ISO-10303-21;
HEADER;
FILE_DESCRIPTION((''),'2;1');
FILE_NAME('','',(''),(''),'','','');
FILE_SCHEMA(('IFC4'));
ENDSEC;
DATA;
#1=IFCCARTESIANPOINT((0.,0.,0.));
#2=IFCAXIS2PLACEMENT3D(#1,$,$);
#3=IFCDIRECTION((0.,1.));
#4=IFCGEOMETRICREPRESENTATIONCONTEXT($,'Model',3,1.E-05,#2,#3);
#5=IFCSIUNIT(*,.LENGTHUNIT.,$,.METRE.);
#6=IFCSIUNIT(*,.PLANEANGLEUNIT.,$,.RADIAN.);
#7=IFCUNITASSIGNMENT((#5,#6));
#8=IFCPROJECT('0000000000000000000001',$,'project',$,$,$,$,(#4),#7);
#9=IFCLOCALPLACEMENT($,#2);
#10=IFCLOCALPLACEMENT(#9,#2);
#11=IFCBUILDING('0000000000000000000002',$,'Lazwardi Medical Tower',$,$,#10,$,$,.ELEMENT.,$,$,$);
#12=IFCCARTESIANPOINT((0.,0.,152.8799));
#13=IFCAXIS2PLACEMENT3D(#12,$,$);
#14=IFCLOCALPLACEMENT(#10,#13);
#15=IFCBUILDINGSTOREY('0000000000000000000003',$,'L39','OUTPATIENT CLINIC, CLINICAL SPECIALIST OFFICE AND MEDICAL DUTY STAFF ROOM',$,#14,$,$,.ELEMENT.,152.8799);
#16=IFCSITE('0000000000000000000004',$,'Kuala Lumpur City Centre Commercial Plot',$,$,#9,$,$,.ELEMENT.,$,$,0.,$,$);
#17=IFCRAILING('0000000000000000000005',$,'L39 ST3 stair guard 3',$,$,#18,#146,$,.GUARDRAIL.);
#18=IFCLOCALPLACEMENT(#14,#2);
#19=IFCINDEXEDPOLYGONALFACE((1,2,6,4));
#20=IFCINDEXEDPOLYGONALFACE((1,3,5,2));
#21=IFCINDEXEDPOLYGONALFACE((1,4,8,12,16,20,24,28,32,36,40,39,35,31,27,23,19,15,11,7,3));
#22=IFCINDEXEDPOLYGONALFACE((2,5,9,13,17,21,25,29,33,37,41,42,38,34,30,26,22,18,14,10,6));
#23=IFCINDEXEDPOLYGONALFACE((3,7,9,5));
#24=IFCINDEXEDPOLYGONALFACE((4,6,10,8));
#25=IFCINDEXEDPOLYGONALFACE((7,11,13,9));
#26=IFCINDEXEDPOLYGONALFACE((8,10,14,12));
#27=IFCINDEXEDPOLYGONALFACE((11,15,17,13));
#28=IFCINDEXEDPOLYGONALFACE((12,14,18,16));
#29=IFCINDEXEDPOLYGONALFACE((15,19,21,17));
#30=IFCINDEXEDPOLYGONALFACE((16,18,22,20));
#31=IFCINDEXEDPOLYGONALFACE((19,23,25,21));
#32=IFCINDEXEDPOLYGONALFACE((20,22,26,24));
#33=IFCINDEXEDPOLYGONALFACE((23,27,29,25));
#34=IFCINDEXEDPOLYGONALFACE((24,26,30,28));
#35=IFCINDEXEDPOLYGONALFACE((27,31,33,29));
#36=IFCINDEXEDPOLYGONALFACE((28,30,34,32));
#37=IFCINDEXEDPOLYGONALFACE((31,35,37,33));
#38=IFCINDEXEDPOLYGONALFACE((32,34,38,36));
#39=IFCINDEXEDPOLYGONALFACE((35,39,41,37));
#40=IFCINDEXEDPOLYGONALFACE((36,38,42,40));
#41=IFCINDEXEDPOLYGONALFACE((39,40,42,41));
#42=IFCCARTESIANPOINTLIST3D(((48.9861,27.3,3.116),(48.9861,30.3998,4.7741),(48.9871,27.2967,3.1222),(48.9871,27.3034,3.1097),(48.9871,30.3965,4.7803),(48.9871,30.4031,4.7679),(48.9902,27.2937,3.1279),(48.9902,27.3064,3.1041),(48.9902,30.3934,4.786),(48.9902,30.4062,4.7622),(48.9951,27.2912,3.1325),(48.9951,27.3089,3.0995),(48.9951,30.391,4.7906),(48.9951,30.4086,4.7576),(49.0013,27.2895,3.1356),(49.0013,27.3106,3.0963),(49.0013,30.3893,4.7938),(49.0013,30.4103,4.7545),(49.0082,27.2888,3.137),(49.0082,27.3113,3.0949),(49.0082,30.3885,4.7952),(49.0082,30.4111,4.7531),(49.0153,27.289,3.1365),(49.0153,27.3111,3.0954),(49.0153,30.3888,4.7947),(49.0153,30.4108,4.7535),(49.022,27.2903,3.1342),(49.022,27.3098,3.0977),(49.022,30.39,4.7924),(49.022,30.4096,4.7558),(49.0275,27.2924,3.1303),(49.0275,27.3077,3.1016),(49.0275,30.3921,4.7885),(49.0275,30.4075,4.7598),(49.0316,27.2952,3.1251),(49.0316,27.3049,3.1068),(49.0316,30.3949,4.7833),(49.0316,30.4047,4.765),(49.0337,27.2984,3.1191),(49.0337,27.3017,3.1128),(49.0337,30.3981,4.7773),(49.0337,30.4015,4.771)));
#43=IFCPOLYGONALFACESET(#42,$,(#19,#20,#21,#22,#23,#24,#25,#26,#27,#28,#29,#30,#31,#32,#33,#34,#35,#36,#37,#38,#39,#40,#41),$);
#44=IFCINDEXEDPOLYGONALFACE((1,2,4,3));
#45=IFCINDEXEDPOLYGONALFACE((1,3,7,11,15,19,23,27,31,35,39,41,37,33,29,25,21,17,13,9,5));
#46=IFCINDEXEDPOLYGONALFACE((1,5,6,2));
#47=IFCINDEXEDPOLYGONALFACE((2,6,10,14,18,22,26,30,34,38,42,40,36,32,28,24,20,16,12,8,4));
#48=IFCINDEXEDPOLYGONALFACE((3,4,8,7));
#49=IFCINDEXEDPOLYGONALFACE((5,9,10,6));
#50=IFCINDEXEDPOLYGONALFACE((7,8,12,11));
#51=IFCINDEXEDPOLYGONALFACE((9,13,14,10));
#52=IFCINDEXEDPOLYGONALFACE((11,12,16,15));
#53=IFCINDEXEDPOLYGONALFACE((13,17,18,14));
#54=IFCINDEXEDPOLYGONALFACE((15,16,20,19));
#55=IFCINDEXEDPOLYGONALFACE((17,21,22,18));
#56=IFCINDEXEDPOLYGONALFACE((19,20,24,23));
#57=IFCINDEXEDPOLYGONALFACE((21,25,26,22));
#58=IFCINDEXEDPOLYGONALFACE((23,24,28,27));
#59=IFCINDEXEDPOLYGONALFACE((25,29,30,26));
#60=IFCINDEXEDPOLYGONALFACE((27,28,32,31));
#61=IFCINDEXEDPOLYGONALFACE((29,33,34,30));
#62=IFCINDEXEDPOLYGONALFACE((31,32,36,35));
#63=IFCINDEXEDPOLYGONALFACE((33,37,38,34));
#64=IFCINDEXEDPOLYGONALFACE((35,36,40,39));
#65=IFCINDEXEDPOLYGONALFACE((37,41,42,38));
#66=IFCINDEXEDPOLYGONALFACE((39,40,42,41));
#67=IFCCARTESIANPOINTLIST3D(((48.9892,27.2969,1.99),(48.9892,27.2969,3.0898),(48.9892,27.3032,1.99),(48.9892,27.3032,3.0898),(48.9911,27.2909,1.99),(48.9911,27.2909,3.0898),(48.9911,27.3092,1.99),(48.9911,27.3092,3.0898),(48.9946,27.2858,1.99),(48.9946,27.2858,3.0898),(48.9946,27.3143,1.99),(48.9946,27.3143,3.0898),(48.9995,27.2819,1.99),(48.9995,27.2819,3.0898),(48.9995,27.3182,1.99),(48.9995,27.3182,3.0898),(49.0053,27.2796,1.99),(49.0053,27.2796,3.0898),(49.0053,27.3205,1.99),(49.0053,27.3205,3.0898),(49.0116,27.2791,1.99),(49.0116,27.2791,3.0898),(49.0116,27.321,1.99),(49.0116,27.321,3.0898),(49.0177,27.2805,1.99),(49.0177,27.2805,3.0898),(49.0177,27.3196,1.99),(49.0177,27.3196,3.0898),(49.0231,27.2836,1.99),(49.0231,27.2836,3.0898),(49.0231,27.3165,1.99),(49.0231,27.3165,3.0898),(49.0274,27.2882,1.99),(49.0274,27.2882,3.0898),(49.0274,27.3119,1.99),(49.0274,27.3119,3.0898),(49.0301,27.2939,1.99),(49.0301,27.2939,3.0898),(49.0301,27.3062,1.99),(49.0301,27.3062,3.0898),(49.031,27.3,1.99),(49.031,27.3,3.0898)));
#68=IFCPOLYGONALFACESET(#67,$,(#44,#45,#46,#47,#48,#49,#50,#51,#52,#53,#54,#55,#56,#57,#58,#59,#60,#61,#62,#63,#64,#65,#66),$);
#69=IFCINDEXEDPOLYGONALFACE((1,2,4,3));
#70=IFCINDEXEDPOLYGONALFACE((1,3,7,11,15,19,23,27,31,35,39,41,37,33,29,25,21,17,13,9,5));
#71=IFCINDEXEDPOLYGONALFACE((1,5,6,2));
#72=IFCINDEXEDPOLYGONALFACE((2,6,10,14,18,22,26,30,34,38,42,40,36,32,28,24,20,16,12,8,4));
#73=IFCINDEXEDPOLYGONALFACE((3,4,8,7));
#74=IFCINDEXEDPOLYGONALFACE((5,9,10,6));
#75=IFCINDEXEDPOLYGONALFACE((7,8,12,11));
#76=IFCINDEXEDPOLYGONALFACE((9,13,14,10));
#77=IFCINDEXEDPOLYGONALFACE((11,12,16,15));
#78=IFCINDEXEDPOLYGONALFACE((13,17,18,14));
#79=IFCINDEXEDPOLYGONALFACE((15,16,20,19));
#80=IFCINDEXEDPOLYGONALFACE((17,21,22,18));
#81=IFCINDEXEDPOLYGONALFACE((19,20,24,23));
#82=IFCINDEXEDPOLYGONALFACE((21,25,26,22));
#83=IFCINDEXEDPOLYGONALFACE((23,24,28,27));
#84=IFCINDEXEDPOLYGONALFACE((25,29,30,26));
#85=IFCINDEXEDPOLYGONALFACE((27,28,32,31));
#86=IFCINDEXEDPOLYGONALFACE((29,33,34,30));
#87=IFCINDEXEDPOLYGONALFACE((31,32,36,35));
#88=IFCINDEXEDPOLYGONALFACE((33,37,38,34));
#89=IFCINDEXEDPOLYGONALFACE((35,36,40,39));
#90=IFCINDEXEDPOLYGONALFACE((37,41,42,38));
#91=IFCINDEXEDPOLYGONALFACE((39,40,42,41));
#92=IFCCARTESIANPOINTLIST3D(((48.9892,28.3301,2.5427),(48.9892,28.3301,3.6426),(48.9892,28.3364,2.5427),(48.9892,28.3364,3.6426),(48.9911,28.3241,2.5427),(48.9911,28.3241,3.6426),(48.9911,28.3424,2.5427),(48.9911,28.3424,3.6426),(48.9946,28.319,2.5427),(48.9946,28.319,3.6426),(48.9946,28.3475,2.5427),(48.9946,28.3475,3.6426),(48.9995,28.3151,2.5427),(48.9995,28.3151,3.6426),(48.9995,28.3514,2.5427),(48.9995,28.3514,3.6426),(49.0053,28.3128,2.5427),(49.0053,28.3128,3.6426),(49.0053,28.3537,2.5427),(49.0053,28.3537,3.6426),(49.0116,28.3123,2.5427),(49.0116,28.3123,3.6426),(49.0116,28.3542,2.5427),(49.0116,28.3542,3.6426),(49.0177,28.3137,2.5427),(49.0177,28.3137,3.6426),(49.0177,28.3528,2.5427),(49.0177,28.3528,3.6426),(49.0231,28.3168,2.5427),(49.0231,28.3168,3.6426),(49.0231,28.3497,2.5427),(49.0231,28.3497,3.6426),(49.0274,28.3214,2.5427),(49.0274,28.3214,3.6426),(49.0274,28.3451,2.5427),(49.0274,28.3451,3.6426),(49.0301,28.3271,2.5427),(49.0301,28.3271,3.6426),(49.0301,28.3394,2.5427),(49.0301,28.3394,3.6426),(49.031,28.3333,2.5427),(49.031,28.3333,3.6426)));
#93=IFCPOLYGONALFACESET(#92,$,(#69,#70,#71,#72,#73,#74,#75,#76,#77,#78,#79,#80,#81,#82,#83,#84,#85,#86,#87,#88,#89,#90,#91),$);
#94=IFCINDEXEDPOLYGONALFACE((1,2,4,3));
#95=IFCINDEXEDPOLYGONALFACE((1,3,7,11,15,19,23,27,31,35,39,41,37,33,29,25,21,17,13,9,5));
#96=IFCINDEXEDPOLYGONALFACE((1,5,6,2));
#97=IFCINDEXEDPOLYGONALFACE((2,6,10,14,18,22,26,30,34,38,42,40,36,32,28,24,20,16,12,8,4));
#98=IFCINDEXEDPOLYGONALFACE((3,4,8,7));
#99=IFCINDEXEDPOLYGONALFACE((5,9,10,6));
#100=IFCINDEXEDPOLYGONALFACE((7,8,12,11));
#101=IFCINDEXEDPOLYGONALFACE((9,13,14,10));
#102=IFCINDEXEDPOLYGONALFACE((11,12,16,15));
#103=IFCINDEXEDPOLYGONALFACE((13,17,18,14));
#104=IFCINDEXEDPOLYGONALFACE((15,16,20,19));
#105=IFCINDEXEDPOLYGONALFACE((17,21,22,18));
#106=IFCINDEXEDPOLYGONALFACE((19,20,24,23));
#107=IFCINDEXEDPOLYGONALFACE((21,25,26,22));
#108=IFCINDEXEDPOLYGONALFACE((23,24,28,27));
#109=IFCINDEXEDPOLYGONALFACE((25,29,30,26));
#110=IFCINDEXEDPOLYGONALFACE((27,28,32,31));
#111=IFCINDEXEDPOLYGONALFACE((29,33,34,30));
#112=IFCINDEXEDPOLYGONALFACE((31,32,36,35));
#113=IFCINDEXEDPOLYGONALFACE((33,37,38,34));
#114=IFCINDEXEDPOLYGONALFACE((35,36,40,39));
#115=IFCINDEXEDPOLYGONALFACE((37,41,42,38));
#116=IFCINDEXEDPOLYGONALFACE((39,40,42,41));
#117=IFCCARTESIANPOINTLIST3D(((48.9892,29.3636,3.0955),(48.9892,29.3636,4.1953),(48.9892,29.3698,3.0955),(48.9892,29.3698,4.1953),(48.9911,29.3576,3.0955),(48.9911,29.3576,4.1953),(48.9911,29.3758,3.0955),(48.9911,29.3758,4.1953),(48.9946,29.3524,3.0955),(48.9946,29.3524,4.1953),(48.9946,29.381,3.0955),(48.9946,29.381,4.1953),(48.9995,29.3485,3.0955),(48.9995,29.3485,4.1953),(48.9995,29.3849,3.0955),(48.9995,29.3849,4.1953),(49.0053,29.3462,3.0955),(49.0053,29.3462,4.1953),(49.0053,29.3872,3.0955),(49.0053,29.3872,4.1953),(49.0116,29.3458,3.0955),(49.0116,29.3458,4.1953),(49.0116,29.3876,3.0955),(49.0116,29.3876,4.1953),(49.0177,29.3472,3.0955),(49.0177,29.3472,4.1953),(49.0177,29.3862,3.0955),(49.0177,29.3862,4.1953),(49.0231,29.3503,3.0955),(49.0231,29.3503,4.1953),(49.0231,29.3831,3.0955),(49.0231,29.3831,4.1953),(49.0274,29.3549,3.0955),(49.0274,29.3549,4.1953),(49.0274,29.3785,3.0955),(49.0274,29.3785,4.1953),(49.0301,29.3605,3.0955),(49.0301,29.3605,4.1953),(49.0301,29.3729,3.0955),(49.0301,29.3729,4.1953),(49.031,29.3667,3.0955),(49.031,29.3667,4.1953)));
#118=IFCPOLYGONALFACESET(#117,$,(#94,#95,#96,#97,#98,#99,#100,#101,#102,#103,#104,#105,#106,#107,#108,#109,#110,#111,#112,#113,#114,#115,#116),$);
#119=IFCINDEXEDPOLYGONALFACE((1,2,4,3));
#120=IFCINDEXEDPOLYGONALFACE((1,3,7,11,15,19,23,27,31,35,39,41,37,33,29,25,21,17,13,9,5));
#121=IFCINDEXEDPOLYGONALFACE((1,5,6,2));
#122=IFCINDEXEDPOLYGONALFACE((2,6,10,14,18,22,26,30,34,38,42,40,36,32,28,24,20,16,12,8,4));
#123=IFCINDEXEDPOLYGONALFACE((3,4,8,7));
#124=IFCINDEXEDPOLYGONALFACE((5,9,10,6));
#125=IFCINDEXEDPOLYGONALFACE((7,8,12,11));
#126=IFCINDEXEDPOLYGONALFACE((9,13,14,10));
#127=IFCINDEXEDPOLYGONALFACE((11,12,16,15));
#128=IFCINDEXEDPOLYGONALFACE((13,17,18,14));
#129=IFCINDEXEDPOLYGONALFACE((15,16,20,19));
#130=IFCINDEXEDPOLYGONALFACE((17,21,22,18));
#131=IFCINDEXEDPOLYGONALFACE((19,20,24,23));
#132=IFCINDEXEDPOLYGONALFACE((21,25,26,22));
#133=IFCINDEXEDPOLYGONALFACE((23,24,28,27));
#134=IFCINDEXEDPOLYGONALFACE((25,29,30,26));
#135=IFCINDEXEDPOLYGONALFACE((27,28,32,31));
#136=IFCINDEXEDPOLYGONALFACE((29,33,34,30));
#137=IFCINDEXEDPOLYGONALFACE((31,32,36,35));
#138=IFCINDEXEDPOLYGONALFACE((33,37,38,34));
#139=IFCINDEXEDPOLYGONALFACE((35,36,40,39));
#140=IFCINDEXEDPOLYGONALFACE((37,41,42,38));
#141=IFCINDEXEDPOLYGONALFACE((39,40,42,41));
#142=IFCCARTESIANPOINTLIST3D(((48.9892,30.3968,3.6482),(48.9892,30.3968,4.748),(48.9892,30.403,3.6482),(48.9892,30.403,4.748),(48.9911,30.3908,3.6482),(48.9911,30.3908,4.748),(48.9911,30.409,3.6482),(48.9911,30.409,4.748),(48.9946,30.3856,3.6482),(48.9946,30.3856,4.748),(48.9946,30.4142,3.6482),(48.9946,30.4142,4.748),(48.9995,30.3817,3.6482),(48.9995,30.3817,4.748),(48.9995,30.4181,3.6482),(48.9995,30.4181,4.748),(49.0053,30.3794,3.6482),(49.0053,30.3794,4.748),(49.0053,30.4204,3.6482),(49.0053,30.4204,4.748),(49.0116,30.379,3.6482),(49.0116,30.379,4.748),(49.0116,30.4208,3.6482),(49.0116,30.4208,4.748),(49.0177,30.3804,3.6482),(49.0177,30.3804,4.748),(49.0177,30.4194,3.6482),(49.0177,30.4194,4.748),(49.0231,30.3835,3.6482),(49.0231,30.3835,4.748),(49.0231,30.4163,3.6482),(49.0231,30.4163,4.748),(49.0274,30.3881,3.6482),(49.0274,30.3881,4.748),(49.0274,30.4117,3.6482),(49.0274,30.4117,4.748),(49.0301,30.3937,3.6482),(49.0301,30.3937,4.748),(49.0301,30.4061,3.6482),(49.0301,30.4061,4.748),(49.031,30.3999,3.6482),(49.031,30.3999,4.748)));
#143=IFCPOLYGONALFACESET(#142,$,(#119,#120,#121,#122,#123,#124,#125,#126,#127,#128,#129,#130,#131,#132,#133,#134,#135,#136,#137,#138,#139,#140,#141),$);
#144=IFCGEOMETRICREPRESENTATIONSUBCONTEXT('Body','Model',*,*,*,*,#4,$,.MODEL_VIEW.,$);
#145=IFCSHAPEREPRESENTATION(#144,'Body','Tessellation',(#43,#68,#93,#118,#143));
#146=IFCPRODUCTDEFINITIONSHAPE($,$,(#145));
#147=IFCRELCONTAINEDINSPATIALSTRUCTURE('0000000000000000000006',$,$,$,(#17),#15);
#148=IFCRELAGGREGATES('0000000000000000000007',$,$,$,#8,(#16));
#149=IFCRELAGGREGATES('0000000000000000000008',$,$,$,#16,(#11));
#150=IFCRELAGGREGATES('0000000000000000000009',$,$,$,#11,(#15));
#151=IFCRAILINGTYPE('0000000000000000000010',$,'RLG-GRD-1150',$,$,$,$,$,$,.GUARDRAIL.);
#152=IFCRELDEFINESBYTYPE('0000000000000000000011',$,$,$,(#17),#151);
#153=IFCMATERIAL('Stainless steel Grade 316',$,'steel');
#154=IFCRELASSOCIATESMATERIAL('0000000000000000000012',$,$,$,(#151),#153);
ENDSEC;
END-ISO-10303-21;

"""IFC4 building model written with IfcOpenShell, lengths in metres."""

from ifc_helpers import new_model, si_unit, direction, frame, origin, origin_2d, place, context, subcontext, project, spatial, circle, extrude, material, type_object, element, save


model = new_model("IFC4")

# Units and contexts
model_context = context("Model", 3, precision=1e-05, world=origin(), true_north=direction((0.0, 1.0)))
body_context = subcontext(model_context, "Body", "Model", "MODEL_VIEW")
ifc_project = project(units=[si_unit("LENGTHUNIT", "METRE"), si_unit("PLANEANGLEUNIT", "RADIAN")], contexts=[model_context])

# Site, building, storey
site_placement = place(None, origin())
site = spatial("IfcSite", under=ifc_project, at=site_placement, Name="Kuala Lumpur City Centre Commercial Plot", CompositionType="ELEMENT", RefElevation=0.0)
building_placement = place(site_placement, origin())
building = spatial("IfcBuilding", under=site, at=building_placement, Name="Lazwardi Medical Tower", CompositionType="ELEMENT")
storey_placement = place(building_placement, frame((0.0, 0.0, 152.8799)))
storey = spatial("IfcBuildingStorey", under=building, at=storey_placement, Name="L39", Description="OUTPATIENT CLINIC, CLINICAL SPECIALIST OFFICE AND MEDICAL DUTY STAFF ROOM", CompositionType="ELEMENT", Elevation=152.8799)

# Railing
ifc_material_1 = material(Name="Stainless steel Grade 316", Category="steel")
railing_type_1 = type_object("IfcRailingType", Name="RLG-GRD-1150", PredefinedType="GUARDRAIL", material=ifc_material_1)
railing_1_placement = place(storey_placement, frame((49.01, 27.3, 1.99)))
element("IfcRailing", 1, at=railing_1_placement, inside=storey, type_object=railing_type_1, Name="L39 ST3 stair guard 3", PredefinedType="GUARDRAIL", context=body_context, shape_type="SweptSolid", body=[
    extrude(circle(Radius=0.0239, at=origin_2d()), frame((0.0, 0.0, 1.126), z_axis=(0.0, 0.881768, 0.471684), x_axis=(-1.0, 0.0, 0.0)), (0.0, 0.0, 1.0), 3.5154),
    extrude(circle(Radius=0.021, at=origin_2d()), origin(), (0.0, 0.0, 1.0), 1.0999),
    extrude(circle(Radius=0.021, at=origin_2d()), frame((0.0, 1.0332, 0.5527)), (0.0, 0.0, 1.0), 1.0999),
    extrude(circle(Radius=0.021, at=origin_2d()), frame((0.0, 2.0667, 1.1055)), (0.0, 0.0, 1.0), 1.0999),
    extrude(circle(Radius=0.021, at=origin_2d()), frame((0.0, 3.0999, 1.6582)), (0.0, 0.0, 1.0), 1.0999),
])

save(model, "model.ifc")
